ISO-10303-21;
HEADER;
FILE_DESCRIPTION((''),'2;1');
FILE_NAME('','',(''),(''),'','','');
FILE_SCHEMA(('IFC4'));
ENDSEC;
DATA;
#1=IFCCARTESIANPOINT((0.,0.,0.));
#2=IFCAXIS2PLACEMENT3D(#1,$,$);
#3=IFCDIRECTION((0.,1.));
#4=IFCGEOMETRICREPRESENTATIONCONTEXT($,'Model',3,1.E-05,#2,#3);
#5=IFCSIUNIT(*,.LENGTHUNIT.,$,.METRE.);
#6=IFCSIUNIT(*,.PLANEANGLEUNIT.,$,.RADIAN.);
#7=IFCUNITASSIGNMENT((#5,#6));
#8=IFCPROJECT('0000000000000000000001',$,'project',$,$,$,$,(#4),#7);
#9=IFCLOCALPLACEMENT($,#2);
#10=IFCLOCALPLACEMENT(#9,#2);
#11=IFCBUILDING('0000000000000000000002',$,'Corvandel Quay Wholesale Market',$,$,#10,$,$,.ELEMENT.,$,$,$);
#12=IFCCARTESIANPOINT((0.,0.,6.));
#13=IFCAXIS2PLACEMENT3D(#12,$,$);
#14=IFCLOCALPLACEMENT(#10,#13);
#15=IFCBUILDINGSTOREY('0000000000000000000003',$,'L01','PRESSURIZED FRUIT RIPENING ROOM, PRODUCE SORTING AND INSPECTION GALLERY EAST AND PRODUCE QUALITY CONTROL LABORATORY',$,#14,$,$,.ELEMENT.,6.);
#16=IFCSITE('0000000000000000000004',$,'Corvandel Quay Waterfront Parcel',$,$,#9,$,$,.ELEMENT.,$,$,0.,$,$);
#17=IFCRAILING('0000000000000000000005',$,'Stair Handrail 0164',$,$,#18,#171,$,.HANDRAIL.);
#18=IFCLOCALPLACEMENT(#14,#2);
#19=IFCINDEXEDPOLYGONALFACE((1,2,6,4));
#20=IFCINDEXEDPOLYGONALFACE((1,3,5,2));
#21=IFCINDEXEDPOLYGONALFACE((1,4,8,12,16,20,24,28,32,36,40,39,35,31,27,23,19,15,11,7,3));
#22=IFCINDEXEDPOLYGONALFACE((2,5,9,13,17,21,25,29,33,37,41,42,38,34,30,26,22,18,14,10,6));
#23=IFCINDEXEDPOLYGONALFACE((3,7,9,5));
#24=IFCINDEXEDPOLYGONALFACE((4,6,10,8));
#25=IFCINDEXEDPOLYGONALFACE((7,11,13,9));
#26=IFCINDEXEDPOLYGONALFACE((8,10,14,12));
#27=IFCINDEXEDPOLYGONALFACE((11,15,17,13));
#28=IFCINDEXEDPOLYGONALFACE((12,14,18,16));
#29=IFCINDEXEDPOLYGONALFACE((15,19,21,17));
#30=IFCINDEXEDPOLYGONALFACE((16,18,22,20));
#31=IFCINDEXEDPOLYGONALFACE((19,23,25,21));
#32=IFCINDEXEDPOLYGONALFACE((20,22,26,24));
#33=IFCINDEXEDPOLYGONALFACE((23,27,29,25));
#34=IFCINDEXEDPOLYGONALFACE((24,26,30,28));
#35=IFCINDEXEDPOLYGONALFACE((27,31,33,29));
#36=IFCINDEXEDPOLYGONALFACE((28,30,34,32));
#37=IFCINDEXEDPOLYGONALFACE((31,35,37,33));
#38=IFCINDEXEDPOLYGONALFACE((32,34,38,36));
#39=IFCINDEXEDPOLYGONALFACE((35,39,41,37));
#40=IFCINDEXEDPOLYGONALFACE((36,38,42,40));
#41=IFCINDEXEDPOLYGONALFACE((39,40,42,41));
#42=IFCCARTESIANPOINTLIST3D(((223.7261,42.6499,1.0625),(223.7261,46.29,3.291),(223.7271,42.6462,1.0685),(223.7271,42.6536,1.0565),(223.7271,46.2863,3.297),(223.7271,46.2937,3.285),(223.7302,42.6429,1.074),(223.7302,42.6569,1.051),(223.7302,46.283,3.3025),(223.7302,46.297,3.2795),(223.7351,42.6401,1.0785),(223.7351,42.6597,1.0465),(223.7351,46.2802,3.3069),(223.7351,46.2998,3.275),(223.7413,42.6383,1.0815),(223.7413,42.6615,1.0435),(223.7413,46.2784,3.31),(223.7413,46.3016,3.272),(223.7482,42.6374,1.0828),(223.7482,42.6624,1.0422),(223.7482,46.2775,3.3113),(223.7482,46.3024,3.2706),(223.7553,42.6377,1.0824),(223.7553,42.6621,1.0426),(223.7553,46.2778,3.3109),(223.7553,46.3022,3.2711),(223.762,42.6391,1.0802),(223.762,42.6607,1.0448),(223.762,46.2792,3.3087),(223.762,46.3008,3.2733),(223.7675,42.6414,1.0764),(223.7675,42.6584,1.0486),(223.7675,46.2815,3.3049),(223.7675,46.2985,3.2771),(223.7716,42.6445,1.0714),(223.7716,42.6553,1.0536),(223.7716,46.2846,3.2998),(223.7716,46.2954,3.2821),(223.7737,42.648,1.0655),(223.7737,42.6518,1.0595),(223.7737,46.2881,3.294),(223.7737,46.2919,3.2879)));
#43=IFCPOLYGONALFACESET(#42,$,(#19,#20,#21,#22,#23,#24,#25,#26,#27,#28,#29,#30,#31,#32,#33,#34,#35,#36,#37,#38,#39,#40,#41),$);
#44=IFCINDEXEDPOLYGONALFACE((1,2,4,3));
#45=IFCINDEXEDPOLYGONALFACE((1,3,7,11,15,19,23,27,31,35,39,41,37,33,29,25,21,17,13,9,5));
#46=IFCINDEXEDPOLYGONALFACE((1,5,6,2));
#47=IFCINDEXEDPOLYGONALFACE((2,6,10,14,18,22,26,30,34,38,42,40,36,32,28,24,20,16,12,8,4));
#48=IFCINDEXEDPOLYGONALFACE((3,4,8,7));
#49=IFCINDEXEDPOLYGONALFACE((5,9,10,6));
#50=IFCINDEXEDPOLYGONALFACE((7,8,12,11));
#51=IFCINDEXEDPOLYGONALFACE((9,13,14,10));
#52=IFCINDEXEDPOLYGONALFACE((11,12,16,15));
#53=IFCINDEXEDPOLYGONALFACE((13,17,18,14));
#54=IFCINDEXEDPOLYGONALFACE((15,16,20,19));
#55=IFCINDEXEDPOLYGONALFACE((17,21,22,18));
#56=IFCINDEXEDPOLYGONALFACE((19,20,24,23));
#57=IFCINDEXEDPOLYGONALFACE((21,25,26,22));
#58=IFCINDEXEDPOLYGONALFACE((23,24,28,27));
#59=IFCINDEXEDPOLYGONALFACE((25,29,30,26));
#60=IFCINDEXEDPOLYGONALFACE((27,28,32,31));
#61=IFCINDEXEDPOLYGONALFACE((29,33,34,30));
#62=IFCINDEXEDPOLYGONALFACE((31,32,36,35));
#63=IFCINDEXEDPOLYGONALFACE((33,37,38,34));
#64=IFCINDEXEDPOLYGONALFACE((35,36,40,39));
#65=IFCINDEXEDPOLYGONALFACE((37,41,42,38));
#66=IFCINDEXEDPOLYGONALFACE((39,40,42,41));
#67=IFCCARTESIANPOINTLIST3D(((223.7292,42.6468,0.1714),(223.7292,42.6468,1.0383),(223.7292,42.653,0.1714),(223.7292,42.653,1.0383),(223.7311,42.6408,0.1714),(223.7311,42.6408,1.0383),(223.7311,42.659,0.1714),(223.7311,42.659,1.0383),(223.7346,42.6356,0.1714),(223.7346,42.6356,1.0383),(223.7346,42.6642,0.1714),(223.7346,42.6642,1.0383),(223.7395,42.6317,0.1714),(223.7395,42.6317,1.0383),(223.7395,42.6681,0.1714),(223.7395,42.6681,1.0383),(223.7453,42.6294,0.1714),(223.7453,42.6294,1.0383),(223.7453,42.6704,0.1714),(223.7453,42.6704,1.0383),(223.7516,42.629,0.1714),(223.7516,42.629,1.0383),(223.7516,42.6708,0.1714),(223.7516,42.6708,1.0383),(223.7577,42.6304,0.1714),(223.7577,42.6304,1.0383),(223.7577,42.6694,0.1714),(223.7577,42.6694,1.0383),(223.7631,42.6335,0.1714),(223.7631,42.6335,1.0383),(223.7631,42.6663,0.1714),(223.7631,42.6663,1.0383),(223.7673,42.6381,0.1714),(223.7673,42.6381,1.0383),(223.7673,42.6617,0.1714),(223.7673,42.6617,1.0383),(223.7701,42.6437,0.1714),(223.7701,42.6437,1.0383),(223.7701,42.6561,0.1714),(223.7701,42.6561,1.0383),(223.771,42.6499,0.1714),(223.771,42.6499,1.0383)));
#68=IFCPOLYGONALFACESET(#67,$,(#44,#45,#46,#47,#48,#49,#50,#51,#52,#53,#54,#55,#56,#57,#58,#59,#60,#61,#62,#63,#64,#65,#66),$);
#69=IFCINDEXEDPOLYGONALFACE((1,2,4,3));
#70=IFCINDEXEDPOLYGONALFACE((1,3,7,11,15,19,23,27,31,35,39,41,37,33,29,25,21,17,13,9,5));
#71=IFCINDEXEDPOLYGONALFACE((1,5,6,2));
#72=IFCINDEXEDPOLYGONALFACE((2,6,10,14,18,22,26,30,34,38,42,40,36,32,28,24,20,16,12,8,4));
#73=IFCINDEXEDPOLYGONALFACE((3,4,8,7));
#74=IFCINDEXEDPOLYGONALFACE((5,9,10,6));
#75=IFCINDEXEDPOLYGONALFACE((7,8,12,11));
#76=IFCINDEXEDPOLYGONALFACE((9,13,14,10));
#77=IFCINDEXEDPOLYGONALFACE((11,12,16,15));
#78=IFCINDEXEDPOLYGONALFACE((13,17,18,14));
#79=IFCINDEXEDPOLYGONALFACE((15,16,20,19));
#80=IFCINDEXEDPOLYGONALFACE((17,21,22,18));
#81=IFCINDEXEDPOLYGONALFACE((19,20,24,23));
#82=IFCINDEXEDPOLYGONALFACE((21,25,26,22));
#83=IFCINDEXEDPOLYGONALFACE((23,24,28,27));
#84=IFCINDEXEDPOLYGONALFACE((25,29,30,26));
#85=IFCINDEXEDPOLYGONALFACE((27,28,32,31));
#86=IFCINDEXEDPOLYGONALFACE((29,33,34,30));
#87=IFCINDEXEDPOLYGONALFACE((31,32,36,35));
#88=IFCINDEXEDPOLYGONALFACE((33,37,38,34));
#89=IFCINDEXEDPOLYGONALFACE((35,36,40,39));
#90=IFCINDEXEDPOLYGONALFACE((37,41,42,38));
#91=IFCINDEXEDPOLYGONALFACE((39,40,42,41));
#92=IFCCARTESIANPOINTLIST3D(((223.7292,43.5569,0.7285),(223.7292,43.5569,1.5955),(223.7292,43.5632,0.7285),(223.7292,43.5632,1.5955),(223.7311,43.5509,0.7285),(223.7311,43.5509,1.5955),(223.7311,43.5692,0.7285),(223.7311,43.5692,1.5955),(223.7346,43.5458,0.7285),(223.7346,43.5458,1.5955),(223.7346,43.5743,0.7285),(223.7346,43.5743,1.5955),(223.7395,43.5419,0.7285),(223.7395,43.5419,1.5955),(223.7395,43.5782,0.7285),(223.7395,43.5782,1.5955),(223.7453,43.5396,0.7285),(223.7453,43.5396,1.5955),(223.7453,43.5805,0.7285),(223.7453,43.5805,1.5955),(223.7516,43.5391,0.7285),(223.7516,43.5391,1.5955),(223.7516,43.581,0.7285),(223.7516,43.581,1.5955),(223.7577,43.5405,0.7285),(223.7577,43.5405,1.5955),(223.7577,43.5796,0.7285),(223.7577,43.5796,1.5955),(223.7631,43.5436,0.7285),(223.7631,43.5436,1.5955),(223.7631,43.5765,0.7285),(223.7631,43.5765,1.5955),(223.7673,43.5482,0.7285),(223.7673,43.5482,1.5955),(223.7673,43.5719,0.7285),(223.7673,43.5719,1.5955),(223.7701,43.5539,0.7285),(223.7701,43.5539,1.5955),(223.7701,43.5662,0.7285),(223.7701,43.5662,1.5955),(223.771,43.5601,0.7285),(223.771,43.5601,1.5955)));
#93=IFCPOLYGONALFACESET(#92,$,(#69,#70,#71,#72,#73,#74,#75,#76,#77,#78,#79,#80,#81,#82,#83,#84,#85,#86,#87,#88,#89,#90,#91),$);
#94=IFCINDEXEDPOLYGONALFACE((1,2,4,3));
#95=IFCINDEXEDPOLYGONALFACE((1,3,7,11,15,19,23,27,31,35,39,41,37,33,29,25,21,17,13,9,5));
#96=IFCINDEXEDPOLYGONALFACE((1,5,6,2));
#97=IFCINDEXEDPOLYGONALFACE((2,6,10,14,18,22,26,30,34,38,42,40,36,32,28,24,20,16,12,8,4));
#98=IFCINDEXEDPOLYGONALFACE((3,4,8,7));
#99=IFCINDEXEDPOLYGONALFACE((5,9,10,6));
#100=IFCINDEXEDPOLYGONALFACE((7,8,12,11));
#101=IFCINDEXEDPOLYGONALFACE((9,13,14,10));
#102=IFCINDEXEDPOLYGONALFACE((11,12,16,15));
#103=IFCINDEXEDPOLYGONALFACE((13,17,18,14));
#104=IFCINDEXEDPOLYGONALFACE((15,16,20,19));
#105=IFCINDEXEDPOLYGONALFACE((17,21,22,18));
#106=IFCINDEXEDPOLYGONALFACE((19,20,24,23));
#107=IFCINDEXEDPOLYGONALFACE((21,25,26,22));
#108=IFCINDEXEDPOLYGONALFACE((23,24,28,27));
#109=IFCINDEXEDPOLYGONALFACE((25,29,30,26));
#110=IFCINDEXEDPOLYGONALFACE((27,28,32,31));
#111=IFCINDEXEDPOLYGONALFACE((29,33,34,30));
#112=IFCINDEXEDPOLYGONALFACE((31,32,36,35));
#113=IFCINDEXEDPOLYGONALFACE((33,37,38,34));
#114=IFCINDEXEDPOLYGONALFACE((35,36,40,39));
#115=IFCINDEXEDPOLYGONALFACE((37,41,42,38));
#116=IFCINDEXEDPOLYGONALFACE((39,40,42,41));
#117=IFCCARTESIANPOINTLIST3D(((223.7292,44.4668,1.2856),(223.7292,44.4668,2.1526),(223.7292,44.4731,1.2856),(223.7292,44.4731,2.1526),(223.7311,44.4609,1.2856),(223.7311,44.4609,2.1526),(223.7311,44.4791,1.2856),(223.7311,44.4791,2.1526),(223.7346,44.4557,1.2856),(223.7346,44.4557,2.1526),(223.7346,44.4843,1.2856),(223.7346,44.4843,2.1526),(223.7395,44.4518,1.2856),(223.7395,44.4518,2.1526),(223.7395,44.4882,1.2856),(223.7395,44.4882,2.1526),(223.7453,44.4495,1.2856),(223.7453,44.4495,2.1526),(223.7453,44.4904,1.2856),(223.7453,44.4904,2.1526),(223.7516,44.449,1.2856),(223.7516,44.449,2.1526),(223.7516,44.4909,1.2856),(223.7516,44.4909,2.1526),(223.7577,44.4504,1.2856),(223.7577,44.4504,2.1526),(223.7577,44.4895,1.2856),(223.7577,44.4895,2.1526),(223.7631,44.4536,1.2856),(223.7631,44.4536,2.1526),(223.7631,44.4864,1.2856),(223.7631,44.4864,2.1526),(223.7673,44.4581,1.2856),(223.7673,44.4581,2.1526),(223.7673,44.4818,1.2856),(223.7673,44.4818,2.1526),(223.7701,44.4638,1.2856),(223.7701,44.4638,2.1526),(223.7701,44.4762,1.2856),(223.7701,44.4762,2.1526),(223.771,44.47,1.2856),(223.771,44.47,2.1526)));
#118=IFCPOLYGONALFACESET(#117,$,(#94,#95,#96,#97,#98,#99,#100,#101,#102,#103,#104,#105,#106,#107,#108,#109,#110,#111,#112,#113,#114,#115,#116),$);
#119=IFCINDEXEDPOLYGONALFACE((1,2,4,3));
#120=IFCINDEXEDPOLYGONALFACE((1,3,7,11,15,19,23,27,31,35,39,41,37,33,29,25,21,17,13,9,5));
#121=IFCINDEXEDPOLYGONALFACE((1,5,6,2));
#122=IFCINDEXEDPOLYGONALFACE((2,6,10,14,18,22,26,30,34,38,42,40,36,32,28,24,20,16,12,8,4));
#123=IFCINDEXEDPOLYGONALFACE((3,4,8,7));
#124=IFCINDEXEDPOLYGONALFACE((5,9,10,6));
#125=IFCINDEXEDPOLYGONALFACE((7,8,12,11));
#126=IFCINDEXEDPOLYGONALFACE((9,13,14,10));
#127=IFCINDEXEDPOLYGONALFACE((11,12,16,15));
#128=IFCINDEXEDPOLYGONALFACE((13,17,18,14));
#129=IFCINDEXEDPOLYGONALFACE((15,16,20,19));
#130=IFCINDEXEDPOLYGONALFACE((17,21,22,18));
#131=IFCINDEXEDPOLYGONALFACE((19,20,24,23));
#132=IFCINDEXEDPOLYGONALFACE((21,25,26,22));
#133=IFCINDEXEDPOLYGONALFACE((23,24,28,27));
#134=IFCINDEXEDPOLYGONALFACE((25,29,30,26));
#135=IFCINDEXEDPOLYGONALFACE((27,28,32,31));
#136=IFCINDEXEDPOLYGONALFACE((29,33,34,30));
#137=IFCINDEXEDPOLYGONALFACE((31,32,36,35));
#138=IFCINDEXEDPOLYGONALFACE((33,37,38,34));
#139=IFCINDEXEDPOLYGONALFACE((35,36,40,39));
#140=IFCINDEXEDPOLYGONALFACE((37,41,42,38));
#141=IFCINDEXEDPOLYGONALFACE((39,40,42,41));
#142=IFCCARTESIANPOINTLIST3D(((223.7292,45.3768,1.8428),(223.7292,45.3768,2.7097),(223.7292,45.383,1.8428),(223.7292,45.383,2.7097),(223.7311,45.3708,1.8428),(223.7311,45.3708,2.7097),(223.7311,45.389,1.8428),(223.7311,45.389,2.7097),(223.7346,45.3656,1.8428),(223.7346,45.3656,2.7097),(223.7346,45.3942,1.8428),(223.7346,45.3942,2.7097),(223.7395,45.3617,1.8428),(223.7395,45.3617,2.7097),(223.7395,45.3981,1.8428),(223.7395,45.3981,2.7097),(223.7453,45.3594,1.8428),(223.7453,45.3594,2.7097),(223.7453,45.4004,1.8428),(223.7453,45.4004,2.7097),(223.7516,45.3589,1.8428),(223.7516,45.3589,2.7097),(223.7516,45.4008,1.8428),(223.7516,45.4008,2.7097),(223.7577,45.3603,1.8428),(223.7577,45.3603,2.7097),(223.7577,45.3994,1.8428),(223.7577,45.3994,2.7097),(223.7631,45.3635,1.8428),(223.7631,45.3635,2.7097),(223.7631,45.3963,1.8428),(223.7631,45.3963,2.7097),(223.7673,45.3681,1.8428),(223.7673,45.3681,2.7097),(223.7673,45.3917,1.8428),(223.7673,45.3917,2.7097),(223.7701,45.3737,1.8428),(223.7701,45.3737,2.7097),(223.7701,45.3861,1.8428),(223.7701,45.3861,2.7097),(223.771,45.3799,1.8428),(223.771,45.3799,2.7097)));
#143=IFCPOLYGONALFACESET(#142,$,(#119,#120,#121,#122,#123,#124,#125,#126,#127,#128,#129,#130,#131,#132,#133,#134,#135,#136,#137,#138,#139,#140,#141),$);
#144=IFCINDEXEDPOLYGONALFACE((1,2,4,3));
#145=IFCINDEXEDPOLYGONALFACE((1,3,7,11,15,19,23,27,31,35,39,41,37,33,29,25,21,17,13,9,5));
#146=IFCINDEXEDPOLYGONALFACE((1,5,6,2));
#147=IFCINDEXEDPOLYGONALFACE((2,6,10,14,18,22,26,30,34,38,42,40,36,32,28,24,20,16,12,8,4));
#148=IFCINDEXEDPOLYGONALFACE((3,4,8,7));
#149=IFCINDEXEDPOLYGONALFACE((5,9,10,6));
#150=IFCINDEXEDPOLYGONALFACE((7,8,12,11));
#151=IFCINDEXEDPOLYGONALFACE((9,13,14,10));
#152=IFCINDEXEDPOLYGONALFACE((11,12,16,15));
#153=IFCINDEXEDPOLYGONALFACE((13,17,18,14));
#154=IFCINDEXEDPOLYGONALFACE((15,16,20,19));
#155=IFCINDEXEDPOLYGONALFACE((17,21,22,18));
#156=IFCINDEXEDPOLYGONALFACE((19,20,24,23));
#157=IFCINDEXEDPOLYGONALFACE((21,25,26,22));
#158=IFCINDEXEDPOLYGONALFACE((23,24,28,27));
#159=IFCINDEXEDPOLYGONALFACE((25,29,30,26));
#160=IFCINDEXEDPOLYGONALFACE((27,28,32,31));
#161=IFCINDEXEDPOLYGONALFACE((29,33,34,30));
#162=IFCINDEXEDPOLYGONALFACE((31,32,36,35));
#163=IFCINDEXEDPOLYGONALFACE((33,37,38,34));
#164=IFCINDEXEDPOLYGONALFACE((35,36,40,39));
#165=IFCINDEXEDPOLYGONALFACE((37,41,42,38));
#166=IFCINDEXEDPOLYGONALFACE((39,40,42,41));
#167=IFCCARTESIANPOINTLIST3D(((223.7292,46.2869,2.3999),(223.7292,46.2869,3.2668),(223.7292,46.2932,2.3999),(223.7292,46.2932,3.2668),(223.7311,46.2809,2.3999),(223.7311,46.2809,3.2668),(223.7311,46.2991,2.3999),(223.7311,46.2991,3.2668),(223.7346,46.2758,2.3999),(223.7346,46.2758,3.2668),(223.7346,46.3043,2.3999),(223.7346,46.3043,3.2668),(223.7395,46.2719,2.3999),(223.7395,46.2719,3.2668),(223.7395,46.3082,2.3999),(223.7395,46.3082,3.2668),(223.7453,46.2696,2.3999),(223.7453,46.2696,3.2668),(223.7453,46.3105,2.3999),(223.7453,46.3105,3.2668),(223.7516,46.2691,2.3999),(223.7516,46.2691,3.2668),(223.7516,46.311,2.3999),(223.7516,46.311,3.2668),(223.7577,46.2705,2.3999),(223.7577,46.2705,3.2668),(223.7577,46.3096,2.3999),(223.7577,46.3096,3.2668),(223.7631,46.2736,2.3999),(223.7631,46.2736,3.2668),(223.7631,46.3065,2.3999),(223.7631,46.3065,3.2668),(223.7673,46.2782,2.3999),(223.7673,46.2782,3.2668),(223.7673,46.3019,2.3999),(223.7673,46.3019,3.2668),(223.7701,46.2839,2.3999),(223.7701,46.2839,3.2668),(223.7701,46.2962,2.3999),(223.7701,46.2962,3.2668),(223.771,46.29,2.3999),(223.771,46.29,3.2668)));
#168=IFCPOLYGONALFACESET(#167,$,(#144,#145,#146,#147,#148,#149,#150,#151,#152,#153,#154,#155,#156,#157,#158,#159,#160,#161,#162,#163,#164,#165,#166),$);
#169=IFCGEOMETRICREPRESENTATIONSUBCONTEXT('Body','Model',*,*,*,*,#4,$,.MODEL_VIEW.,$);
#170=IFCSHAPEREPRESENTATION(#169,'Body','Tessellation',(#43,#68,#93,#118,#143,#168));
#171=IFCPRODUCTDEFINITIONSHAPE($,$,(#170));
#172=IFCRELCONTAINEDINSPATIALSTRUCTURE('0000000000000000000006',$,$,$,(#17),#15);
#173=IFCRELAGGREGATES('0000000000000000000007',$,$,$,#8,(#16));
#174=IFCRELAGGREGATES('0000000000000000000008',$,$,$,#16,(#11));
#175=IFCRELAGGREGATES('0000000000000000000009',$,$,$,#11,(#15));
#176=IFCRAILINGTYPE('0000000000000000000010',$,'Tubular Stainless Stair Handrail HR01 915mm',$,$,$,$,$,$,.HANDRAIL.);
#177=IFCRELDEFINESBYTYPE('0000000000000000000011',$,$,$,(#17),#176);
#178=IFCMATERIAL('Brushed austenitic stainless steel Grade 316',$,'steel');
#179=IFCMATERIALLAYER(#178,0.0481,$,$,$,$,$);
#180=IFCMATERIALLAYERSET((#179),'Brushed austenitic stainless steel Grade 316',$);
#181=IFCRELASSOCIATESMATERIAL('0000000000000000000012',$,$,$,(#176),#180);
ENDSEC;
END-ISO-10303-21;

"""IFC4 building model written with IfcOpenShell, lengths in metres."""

from ifc_helpers import new_model, si_unit, direction, frame, origin, origin_2d, place, context, subcontext, project, spatial, circle, extrude, material, layer, layer_set, type_object, element, save


model = new_model("IFC4")

# Units and contexts
model_context = context("Model", 3, precision=1e-05, world=origin(), true_north=direction((0.0, 1.0)))
body_context = subcontext(model_context, "Body", "Model", "MODEL_VIEW")
ifc_project = project(units=[si_unit("LENGTHUNIT", "METRE"), si_unit("PLANEANGLEUNIT", "RADIAN")], contexts=[model_context])

# Site, building, storey
site_placement = place(None, origin())
site = spatial("IfcSite", under=ifc_project, at=site_placement, Name="Corvandel Quay Waterfront Parcel", CompositionType="ELEMENT", RefElevation=0.0)
building_placement = place(site_placement, origin())
building = spatial("IfcBuilding", under=site, at=building_placement, Name="Corvandel Quay Wholesale Market", CompositionType="ELEMENT")
storey_placement = place(building_placement, frame((0.0, 0.0, 6.0)))
storey = spatial("IfcBuildingStorey", under=building, at=storey_placement, Name="L01", Description="PRESSURIZED FRUIT RIPENING ROOM, PRODUCE SORTING AND INSPECTION GALLERY EAST AND PRODUCE QUALITY CONTROL LABORATORY", CompositionType="ELEMENT", Elevation=6.0)

# Railing
ifc_material_1 = material(Name="Brushed austenitic stainless steel Grade 316", Category="steel")
ifc_layer_1 = layer(ifc_material_1, 0.0481)
ifc_layer_set_1 = layer_set([ifc_layer_1], Name="Brushed austenitic stainless steel Grade 316")
railing_type_1 = type_object("IfcRailingType", Name="Tubular Stainless Stair Handrail HR01 915mm", PredefinedType="HANDRAIL", material=ifc_layer_set_1)
for number, where, name in (
    (1, (223.75, 42.6499, 0.1714), "Stair Handrail 0164"),
):
    element("IfcRailing", number, at=place(storey_placement, frame(where)), inside=storey, type_object=railing_type_1, Name=name, PredefinedType="HANDRAIL", context=body_context, shape_type="SweptSolid", body=[
        extrude(circle(Radius=0.0239, at=origin_2d()), frame((0.0, 0.0, 0.8911), z_axis=(0.0, 0.852866, 0.52213), x_axis=(-1.0, 0.0, 0.0)), (0.0, 0.0, 1.0), 4.2681),
        extrude(circle(Radius=0.021, at=origin_2d()), origin(), (0.0, 0.0, 1.0), 0.8669),
        extrude(circle(Radius=0.021, at=origin_2d()), frame((0.0, 0.9102, 0.5571)), (0.0, 0.0, 1.0), 0.8669),
        extrude(circle(Radius=0.021, at=origin_2d()), frame((0.0, 1.8201, 1.1143)), (0.0, 0.0, 1.0), 0.8669),
        extrude(circle(Radius=0.021, at=origin_2d()), frame((0.0, 2.73, 1.6714)), (0.0, 0.0, 1.0), 0.8669),
        extrude(circle(Radius=0.021, at=origin_2d()), frame((0.0, 3.6401, 2.2285)), (0.0, 0.0, 1.0), 0.8669),
    ])

save(model, "model.ifc")
